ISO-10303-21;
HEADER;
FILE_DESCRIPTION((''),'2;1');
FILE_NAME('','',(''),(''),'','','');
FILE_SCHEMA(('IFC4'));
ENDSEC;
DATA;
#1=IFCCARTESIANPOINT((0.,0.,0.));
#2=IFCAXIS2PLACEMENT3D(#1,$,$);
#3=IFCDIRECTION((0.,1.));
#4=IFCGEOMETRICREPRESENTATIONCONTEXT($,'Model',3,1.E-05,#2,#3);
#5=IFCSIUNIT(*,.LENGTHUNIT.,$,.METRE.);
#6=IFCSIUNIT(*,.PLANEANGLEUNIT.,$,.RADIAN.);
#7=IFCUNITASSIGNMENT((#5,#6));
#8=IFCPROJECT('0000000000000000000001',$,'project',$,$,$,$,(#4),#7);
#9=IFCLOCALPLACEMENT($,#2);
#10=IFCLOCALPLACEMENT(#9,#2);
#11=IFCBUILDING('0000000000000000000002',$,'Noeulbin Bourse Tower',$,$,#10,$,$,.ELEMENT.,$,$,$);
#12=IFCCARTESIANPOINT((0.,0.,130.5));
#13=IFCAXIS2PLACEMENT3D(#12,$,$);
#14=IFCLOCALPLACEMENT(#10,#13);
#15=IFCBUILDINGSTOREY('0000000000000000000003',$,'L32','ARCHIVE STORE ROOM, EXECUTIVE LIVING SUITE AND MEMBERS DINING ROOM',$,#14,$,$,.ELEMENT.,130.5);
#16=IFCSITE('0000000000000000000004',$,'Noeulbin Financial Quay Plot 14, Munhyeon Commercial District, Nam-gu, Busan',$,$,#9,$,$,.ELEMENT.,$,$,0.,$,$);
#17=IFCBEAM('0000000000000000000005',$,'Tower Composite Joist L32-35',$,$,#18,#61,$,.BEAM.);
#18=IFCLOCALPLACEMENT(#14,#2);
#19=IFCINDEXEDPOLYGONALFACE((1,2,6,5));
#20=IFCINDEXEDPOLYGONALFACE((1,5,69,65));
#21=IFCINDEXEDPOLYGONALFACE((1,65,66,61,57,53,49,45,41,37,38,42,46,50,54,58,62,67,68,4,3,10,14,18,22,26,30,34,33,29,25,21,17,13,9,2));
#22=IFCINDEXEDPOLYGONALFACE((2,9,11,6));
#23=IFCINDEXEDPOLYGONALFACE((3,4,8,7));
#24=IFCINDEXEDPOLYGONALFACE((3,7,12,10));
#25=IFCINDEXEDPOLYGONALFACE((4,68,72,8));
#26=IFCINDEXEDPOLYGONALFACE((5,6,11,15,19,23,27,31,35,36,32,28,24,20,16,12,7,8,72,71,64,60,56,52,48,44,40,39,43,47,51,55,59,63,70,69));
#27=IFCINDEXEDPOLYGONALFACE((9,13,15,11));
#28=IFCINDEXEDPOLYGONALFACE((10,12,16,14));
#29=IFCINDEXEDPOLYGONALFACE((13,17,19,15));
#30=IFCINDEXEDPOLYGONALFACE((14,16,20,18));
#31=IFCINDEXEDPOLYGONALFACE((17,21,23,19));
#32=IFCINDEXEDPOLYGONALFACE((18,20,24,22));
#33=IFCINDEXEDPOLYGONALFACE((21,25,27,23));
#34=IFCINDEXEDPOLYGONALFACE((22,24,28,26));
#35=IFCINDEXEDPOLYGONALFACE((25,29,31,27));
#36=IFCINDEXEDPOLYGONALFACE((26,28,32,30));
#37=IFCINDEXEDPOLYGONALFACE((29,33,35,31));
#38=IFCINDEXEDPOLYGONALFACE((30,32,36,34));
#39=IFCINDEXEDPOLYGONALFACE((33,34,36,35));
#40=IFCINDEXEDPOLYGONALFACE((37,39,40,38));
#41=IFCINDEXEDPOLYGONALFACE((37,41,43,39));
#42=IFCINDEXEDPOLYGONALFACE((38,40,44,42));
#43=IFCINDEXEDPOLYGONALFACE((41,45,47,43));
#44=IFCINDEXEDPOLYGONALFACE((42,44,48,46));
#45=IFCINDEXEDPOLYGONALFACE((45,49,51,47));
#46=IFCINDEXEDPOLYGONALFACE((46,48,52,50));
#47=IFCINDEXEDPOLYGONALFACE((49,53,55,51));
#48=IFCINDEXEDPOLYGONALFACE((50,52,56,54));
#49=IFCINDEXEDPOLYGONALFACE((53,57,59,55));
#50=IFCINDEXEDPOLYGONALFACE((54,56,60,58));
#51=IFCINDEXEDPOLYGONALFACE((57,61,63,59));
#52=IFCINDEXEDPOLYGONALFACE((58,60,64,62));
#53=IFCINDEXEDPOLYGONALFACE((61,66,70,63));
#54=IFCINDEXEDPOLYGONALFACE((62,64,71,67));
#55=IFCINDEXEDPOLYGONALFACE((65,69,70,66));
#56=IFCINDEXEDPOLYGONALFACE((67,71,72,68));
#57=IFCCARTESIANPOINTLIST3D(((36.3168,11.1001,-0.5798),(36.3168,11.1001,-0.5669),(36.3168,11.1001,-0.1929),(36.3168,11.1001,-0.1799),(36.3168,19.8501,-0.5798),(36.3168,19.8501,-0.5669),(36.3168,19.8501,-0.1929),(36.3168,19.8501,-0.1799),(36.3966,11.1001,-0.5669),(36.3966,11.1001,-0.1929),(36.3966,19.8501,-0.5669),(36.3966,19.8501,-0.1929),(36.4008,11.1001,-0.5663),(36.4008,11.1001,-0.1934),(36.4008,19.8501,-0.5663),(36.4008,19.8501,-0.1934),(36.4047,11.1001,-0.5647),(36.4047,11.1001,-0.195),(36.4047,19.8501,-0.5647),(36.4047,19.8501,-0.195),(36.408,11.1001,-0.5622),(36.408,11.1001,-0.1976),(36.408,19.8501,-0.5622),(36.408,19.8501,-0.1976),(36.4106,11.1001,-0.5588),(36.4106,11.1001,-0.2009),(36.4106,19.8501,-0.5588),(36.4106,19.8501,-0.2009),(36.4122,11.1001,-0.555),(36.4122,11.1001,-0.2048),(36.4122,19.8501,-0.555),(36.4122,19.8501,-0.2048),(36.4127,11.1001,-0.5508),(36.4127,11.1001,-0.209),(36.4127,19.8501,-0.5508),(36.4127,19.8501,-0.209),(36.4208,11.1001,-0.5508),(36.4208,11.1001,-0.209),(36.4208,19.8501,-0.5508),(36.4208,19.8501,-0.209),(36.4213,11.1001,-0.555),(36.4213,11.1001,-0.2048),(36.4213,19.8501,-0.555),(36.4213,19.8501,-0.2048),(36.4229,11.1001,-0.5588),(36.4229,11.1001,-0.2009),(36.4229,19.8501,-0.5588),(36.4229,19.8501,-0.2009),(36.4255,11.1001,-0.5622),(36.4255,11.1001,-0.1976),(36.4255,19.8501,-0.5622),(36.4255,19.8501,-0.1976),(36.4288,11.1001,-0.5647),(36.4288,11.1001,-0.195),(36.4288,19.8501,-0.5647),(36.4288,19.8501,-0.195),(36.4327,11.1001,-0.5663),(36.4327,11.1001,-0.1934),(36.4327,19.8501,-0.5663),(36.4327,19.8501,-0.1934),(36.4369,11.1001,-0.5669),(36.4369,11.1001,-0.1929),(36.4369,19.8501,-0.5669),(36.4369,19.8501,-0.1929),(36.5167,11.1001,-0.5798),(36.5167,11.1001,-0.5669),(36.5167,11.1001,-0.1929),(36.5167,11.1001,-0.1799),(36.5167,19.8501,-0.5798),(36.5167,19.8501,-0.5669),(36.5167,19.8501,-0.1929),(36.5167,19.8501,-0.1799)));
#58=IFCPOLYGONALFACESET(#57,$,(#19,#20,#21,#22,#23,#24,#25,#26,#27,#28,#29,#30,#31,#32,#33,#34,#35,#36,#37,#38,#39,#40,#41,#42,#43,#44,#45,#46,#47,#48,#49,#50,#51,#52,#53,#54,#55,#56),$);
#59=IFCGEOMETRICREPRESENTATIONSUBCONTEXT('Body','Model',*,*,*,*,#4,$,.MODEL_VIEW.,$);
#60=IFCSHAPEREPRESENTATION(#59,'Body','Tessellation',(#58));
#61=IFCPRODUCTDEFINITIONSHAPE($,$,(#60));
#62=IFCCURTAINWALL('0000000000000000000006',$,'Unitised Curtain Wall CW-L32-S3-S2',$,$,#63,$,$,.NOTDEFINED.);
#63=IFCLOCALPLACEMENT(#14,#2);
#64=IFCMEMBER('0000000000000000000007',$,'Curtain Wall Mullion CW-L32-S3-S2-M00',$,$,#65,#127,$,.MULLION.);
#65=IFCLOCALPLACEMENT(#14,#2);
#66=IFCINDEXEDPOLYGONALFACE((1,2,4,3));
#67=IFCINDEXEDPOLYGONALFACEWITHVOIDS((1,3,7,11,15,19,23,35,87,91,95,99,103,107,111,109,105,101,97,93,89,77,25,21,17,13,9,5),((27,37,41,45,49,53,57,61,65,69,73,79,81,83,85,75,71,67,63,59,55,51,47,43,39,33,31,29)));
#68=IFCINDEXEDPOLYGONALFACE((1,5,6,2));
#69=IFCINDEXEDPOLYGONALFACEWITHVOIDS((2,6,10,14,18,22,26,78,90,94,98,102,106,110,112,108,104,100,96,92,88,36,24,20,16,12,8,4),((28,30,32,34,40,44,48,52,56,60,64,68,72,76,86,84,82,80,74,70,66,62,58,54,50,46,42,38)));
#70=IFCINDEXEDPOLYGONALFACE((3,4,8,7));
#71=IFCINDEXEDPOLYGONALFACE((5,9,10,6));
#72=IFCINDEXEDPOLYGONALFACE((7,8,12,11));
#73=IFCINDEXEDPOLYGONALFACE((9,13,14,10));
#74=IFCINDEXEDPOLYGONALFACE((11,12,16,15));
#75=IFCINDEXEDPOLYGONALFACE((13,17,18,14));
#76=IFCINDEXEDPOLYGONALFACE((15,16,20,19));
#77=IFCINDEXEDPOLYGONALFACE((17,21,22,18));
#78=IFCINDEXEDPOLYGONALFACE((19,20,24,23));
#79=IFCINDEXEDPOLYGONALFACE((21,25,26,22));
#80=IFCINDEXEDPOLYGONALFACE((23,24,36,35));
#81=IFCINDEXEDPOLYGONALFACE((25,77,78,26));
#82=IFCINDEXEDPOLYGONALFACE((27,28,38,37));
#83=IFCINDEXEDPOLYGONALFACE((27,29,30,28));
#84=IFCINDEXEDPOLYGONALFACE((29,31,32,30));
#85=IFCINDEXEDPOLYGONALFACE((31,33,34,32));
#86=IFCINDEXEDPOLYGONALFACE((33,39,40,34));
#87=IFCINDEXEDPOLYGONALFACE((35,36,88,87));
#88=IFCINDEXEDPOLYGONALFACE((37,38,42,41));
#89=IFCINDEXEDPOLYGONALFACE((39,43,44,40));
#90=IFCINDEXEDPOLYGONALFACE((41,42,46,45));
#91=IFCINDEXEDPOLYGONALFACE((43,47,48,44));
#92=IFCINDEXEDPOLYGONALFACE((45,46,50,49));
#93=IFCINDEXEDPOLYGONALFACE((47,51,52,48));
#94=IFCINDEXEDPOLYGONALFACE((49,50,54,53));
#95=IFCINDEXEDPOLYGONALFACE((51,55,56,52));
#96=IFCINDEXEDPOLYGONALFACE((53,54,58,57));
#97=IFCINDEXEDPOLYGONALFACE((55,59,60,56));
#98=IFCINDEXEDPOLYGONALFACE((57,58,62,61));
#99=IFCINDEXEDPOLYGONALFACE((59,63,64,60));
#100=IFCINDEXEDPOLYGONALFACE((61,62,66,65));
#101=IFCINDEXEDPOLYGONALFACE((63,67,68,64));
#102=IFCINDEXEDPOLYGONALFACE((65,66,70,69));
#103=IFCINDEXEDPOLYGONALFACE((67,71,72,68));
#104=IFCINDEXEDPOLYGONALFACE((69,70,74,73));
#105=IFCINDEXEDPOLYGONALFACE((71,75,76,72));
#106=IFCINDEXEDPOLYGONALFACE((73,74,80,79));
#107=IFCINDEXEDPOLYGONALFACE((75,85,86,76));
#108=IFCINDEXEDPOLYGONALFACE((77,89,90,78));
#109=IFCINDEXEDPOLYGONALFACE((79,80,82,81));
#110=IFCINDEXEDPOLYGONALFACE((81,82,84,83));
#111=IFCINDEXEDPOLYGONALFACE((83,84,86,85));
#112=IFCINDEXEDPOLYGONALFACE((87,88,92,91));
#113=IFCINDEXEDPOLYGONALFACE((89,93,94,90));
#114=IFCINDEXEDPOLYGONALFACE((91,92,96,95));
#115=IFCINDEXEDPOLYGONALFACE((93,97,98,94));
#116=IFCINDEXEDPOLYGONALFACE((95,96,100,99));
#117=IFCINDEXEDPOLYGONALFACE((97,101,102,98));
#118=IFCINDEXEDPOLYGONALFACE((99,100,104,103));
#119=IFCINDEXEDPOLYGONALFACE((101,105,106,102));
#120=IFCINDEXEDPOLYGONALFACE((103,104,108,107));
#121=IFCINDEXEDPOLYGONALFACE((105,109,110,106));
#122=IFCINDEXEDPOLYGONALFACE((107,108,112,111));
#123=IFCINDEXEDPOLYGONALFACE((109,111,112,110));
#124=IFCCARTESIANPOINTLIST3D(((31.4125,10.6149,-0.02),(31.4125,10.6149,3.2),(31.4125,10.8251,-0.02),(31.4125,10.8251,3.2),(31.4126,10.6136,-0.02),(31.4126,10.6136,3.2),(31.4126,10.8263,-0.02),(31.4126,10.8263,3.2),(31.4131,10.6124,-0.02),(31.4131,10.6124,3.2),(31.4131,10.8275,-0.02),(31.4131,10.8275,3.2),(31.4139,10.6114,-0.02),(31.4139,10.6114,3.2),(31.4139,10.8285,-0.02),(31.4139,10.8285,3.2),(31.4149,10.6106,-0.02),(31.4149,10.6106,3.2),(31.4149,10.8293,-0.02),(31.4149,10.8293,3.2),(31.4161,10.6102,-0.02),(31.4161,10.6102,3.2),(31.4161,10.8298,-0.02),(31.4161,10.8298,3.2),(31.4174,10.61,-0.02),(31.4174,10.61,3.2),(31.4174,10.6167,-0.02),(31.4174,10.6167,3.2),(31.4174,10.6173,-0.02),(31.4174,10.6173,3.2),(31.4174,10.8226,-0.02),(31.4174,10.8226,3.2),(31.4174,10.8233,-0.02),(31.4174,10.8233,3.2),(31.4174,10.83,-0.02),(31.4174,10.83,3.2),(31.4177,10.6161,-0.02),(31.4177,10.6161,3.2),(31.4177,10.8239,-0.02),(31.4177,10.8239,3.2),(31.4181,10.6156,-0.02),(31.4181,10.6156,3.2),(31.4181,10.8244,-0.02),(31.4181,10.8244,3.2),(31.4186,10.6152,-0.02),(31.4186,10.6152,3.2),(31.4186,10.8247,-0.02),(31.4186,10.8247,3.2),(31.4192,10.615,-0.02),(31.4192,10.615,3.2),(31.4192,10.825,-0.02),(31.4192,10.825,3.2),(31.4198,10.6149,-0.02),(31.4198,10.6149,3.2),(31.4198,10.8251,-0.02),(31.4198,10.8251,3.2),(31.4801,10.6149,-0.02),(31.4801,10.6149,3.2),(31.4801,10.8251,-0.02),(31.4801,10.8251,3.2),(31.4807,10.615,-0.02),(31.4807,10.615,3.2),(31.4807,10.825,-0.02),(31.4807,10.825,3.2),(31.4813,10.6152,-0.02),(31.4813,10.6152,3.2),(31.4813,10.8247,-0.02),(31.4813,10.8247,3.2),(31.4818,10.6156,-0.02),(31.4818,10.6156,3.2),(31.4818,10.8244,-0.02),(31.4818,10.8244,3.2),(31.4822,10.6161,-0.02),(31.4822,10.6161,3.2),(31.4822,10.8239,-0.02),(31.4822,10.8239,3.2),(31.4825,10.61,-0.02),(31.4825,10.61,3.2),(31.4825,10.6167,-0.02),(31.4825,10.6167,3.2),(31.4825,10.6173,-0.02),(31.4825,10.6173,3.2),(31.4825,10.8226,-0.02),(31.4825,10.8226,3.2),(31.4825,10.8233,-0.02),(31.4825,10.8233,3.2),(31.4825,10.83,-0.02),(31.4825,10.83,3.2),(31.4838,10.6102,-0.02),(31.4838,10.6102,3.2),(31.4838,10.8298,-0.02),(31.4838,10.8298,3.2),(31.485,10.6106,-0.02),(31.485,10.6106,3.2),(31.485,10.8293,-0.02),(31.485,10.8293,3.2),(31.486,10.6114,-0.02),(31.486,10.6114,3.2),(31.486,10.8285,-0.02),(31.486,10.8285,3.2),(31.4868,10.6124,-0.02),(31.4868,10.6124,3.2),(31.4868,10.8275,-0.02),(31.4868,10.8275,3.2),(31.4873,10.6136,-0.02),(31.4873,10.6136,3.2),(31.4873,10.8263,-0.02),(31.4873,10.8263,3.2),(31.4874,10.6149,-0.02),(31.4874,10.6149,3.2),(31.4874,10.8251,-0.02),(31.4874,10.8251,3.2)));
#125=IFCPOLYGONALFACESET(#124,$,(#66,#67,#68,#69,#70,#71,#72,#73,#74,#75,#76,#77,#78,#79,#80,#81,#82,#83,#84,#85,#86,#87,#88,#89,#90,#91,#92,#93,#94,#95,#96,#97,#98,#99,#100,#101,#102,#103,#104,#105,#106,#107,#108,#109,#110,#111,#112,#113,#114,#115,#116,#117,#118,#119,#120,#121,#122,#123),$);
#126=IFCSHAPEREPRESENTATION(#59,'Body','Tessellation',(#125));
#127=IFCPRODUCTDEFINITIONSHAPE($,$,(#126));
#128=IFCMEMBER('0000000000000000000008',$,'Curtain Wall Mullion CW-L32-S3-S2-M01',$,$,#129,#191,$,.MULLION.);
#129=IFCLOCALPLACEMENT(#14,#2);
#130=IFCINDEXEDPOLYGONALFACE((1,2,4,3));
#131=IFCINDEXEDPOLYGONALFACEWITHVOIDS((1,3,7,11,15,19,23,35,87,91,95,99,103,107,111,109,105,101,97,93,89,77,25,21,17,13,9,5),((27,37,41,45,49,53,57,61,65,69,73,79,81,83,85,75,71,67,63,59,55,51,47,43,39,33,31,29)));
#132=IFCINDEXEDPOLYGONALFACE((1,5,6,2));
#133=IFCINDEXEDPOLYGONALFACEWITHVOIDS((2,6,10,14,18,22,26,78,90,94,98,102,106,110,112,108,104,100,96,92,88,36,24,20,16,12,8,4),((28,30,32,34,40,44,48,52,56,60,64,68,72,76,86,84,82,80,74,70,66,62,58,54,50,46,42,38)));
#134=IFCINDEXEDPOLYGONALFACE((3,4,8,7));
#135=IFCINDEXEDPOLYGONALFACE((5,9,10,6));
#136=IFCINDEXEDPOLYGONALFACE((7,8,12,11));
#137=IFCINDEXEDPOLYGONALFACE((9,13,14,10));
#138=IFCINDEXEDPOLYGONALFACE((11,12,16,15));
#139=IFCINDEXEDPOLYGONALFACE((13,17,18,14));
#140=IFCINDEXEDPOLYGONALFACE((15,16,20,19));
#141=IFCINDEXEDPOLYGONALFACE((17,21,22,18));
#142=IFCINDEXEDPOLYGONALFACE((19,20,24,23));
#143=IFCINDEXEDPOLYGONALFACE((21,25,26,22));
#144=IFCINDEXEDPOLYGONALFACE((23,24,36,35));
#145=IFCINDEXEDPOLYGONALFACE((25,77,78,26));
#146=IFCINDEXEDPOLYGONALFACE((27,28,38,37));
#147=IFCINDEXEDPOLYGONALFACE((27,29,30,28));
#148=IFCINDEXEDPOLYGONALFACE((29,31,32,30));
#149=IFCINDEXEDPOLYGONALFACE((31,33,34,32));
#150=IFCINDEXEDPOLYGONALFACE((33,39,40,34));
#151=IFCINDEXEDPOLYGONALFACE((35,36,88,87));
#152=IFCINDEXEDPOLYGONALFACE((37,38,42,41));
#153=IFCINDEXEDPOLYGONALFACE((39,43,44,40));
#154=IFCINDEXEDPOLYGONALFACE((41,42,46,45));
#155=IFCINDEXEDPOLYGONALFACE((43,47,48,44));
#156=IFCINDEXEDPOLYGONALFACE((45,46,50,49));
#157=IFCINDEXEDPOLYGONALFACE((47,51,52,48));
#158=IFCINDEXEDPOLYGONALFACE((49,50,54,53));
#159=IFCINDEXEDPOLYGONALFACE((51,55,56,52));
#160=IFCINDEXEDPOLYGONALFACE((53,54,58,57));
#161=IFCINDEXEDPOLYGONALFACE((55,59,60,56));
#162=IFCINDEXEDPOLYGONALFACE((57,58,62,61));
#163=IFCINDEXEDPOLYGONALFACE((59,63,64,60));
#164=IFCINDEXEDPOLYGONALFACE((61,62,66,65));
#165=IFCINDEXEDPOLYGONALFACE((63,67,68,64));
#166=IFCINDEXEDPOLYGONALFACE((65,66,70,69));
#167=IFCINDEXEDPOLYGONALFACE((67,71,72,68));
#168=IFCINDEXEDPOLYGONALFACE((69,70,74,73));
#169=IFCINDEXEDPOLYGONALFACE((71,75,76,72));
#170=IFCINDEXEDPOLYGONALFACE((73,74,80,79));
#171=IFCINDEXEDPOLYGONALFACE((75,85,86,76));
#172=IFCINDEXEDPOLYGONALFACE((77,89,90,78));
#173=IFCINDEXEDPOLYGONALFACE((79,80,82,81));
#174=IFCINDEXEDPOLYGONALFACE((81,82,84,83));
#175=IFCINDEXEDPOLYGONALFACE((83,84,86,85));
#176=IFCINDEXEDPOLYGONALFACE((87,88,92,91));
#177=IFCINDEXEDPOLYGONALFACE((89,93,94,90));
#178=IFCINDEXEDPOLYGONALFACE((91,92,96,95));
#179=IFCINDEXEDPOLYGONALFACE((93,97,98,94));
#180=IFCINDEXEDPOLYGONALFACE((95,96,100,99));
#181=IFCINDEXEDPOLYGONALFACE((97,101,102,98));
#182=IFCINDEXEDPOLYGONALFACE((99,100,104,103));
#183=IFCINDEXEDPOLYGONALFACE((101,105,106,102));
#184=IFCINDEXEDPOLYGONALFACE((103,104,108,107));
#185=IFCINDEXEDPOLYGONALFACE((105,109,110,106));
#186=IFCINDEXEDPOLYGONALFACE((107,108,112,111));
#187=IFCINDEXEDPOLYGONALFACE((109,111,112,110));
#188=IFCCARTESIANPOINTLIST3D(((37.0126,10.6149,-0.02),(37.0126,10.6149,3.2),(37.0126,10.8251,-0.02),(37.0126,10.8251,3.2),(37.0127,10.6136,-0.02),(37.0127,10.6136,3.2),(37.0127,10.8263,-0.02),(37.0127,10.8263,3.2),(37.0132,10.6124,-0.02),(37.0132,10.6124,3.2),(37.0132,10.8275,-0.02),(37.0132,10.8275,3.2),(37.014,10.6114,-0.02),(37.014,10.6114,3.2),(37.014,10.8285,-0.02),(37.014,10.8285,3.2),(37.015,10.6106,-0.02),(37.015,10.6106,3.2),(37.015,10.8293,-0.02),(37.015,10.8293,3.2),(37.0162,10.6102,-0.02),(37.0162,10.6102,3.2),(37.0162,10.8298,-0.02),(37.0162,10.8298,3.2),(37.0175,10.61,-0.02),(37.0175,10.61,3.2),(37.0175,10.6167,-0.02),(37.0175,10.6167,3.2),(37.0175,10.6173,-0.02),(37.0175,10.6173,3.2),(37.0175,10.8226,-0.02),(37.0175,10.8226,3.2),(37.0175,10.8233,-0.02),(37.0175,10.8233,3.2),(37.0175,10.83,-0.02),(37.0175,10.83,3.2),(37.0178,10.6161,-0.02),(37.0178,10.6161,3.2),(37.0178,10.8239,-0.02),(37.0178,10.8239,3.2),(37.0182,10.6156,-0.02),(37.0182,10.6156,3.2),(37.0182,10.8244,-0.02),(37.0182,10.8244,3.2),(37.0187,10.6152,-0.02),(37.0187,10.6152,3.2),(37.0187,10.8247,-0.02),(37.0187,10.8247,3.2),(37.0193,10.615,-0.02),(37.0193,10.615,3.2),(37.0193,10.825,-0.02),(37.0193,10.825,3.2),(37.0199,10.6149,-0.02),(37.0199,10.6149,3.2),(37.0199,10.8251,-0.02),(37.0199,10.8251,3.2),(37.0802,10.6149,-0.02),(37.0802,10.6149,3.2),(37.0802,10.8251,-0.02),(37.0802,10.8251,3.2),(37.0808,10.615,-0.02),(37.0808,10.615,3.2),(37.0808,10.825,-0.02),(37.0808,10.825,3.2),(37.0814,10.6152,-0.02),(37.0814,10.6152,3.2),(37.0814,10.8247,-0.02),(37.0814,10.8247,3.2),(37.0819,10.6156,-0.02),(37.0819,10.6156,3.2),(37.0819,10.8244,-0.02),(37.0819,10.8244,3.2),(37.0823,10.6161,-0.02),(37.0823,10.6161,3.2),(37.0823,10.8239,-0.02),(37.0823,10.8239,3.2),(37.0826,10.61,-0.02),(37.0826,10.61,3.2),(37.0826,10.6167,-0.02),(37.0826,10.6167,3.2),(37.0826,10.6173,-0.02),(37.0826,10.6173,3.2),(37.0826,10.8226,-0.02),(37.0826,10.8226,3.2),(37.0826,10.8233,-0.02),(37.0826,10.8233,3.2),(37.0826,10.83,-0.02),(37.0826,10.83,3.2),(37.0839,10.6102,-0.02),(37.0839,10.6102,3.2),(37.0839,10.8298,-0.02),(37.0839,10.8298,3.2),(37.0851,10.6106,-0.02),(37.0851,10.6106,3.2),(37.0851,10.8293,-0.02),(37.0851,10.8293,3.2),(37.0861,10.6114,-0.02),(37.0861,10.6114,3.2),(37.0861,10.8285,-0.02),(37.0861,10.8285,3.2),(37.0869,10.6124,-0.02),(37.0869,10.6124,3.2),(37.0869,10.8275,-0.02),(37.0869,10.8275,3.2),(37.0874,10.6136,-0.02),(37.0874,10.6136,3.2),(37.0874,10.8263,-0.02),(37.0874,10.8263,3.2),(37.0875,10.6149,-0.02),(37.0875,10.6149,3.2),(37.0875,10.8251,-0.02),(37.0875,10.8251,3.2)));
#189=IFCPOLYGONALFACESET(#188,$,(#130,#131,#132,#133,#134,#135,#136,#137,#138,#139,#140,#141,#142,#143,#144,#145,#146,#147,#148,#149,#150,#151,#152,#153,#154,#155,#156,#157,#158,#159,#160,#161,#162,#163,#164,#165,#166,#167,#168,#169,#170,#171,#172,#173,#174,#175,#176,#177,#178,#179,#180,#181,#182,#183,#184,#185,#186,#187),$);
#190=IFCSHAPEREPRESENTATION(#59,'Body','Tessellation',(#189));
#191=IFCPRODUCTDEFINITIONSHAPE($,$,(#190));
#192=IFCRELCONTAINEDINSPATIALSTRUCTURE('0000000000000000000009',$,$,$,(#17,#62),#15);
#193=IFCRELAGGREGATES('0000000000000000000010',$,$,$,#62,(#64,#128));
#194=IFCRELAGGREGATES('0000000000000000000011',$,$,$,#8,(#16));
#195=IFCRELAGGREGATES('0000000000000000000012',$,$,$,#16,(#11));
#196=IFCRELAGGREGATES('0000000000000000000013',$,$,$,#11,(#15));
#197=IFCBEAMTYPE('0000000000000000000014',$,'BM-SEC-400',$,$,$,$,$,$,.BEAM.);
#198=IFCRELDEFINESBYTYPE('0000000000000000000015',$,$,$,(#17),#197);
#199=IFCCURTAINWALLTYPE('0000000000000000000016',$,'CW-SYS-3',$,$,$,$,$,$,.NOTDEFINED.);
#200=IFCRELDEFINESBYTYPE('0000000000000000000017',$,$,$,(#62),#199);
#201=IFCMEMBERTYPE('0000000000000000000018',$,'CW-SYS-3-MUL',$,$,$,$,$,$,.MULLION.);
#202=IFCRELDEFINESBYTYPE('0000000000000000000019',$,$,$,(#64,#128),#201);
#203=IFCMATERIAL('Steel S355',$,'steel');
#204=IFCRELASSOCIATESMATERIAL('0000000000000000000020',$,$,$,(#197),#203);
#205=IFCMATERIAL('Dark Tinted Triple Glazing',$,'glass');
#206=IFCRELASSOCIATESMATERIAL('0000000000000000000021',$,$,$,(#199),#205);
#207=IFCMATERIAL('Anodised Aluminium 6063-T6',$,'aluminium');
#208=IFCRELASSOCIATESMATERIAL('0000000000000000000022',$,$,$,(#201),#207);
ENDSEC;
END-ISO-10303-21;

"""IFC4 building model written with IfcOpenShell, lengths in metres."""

from ifc_helpers import new_model, si_unit, direction, frame, origin, origin_2d, place, context, subcontext, project, spatial, hollow_rectangle, i_section, extrude, material, material_profile, profile_set, type_object, element, aggregate, save


model = new_model("IFC4")

# Units and contexts
model_context = context("Model", 3, precision=1e-05, world=origin(), true_north=direction((0.0, 1.0)))
body_context = subcontext(model_context, "Body", "Model", "MODEL_VIEW")
ifc_project = project(units=[si_unit("LENGTHUNIT", "METRE"), si_unit("PLANEANGLEUNIT", "RADIAN")], contexts=[model_context])

# Site, building, storey
site_placement = place(None, origin())
site = spatial("IfcSite", under=ifc_project, at=site_placement, Name="Noeulbin Financial Quay Plot 14, Munhyeon Commercial District, Nam-gu, Busan", CompositionType="ELEMENT", RefElevation=0.0)
building_placement = place(site_placement, origin())
building = spatial("IfcBuilding", under=site, at=building_placement, Name="Noeulbin Bourse Tower", CompositionType="ELEMENT")
storey_placement = place(building_placement, frame((0.0, 0.0, 130.5)))
storey = spatial("IfcBuildingStorey", under=building, at=storey_placement, Name="L32", Description="ARCHIVE STORE ROOM, EXECUTIVE LIVING SUITE AND MEMBERS DINING ROOM", CompositionType="ELEMENT", Elevation=130.5)

# Shared definitions
ifc_material_1 = material(Name="Steel S355", Category="steel")

# Beam
ifc_material_profile_1 = material_profile(ifc_material_1, i_section(OverallWidth=0.2, OverallDepth=0.3999, WebThickness=0.0081, FlangeThickness=0.0129, FilletRadius=0.0161, at=origin_2d()), Name="H-400x200x8x13", Category="LoadBearing")
ifc_profile_set_1 = profile_set([ifc_material_profile_1], Name="Steel S355")
beam_type_1 = type_object("IfcBeamType", Name="BM-SEC-400", PredefinedType="BEAM", material=ifc_profile_set_1)
for number, where, z_axis, x_axis, name in (
    (1, (36.4167, 11.1001, -0.3799), (0.0, 1.0, 0.0), (-1.0, 0.0, 0.0), "Tower Composite Joist L32-35"),
):
    element("IfcBeam", number, at=place(storey_placement, frame(where, z_axis=z_axis, x_axis=x_axis)), inside=storey, type_object=beam_type_1, Name=name, PredefinedType="BEAM", context=body_context, shape_type="SweptSolid", body=[
        extrude(i_section(OverallWidth=0.2, OverallDepth=0.3999, WebThickness=0.0081, FlangeThickness=0.0129, FilletRadius=0.0161, at=origin_2d()), origin(), (0.0, 0.0, 1.0), 8.75),
    ])

# Curtain wall, members
ifc_material_2 = material(Name="Dark Tinted Triple Glazing", Category="glass")
curtain_wall_type = type_object("IfcCurtainWallType", Name="CW-SYS-3", PredefinedType="NOTDEFINED", material=ifc_material_2)
curtain_wall_placement = place(storey_placement, origin())
curtain_wall = element("IfcCurtainWall", 2, at=curtain_wall_placement, inside=storey, type_object=curtain_wall_type, Name="Unitised Curtain Wall CW-L32-S3-S2", PredefinedType="NOTDEFINED")
ifc_material_3 = material(Name="Anodised Aluminium 6063-T6", Category="aluminium")
ifc_material_profile_2 = material_profile(ifc_material_3, hollow_rectangle(XDim=0.075, YDim=0.22, WallThickness=0.0049, InnerFilletRadius=0.0024, OuterFilletRadius=0.0049, at=origin_2d()), Name="ALU-MULL-75x220x5", Category="LoadBearing")
ifc_profile_set_2 = profile_set([ifc_material_profile_2], Name="Anodised Aluminium 6063-T6")
member_type_1 = type_object("IfcMemberType", Name="CW-SYS-3-MUL", PredefinedType="MULLION", material=ifc_profile_set_2)
member_1_placement = place(storey_placement, frame((31.45, 10.72, -0.02), z_axis=(0.0, 0.0, 1.0), x_axis=(1.0, 0.0, 0.0)))
member_1 = element("IfcMember", 3, at=member_1_placement, type_object=member_type_1, Name="Curtain Wall Mullion CW-L32-S3-S2-M00", PredefinedType="MULLION", context=body_context, shape_type="SweptSolid", body=[
    extrude(hollow_rectangle(XDim=0.075, YDim=0.22, WallThickness=0.0049, InnerFilletRadius=0.0024, OuterFilletRadius=0.0049, at=origin_2d()), origin(), (0.0, 0.0, 1.0), 3.22),
])
member_2_placement = place(storey_placement, frame((37.05, 10.72, -0.02), z_axis=(0.0, 0.0, 1.0), x_axis=(1.0, 0.0, 0.0)))
member_2 = element("IfcMember", 4, at=member_2_placement, type_object=member_type_1, Name="Curtain Wall Mullion CW-L32-S3-S2-M01", PredefinedType="MULLION", context=body_context, shape_type="SweptSolid", body=[
    extrude(hollow_rectangle(XDim=0.075, YDim=0.22, WallThickness=0.0049, InnerFilletRadius=0.0024, OuterFilletRadius=0.0049, at=origin_2d()), origin(), (0.0, 0.0, 1.0), 3.22),
])
aggregate(curtain_wall, [member_1, member_2])

save(model, "model.ifc")
